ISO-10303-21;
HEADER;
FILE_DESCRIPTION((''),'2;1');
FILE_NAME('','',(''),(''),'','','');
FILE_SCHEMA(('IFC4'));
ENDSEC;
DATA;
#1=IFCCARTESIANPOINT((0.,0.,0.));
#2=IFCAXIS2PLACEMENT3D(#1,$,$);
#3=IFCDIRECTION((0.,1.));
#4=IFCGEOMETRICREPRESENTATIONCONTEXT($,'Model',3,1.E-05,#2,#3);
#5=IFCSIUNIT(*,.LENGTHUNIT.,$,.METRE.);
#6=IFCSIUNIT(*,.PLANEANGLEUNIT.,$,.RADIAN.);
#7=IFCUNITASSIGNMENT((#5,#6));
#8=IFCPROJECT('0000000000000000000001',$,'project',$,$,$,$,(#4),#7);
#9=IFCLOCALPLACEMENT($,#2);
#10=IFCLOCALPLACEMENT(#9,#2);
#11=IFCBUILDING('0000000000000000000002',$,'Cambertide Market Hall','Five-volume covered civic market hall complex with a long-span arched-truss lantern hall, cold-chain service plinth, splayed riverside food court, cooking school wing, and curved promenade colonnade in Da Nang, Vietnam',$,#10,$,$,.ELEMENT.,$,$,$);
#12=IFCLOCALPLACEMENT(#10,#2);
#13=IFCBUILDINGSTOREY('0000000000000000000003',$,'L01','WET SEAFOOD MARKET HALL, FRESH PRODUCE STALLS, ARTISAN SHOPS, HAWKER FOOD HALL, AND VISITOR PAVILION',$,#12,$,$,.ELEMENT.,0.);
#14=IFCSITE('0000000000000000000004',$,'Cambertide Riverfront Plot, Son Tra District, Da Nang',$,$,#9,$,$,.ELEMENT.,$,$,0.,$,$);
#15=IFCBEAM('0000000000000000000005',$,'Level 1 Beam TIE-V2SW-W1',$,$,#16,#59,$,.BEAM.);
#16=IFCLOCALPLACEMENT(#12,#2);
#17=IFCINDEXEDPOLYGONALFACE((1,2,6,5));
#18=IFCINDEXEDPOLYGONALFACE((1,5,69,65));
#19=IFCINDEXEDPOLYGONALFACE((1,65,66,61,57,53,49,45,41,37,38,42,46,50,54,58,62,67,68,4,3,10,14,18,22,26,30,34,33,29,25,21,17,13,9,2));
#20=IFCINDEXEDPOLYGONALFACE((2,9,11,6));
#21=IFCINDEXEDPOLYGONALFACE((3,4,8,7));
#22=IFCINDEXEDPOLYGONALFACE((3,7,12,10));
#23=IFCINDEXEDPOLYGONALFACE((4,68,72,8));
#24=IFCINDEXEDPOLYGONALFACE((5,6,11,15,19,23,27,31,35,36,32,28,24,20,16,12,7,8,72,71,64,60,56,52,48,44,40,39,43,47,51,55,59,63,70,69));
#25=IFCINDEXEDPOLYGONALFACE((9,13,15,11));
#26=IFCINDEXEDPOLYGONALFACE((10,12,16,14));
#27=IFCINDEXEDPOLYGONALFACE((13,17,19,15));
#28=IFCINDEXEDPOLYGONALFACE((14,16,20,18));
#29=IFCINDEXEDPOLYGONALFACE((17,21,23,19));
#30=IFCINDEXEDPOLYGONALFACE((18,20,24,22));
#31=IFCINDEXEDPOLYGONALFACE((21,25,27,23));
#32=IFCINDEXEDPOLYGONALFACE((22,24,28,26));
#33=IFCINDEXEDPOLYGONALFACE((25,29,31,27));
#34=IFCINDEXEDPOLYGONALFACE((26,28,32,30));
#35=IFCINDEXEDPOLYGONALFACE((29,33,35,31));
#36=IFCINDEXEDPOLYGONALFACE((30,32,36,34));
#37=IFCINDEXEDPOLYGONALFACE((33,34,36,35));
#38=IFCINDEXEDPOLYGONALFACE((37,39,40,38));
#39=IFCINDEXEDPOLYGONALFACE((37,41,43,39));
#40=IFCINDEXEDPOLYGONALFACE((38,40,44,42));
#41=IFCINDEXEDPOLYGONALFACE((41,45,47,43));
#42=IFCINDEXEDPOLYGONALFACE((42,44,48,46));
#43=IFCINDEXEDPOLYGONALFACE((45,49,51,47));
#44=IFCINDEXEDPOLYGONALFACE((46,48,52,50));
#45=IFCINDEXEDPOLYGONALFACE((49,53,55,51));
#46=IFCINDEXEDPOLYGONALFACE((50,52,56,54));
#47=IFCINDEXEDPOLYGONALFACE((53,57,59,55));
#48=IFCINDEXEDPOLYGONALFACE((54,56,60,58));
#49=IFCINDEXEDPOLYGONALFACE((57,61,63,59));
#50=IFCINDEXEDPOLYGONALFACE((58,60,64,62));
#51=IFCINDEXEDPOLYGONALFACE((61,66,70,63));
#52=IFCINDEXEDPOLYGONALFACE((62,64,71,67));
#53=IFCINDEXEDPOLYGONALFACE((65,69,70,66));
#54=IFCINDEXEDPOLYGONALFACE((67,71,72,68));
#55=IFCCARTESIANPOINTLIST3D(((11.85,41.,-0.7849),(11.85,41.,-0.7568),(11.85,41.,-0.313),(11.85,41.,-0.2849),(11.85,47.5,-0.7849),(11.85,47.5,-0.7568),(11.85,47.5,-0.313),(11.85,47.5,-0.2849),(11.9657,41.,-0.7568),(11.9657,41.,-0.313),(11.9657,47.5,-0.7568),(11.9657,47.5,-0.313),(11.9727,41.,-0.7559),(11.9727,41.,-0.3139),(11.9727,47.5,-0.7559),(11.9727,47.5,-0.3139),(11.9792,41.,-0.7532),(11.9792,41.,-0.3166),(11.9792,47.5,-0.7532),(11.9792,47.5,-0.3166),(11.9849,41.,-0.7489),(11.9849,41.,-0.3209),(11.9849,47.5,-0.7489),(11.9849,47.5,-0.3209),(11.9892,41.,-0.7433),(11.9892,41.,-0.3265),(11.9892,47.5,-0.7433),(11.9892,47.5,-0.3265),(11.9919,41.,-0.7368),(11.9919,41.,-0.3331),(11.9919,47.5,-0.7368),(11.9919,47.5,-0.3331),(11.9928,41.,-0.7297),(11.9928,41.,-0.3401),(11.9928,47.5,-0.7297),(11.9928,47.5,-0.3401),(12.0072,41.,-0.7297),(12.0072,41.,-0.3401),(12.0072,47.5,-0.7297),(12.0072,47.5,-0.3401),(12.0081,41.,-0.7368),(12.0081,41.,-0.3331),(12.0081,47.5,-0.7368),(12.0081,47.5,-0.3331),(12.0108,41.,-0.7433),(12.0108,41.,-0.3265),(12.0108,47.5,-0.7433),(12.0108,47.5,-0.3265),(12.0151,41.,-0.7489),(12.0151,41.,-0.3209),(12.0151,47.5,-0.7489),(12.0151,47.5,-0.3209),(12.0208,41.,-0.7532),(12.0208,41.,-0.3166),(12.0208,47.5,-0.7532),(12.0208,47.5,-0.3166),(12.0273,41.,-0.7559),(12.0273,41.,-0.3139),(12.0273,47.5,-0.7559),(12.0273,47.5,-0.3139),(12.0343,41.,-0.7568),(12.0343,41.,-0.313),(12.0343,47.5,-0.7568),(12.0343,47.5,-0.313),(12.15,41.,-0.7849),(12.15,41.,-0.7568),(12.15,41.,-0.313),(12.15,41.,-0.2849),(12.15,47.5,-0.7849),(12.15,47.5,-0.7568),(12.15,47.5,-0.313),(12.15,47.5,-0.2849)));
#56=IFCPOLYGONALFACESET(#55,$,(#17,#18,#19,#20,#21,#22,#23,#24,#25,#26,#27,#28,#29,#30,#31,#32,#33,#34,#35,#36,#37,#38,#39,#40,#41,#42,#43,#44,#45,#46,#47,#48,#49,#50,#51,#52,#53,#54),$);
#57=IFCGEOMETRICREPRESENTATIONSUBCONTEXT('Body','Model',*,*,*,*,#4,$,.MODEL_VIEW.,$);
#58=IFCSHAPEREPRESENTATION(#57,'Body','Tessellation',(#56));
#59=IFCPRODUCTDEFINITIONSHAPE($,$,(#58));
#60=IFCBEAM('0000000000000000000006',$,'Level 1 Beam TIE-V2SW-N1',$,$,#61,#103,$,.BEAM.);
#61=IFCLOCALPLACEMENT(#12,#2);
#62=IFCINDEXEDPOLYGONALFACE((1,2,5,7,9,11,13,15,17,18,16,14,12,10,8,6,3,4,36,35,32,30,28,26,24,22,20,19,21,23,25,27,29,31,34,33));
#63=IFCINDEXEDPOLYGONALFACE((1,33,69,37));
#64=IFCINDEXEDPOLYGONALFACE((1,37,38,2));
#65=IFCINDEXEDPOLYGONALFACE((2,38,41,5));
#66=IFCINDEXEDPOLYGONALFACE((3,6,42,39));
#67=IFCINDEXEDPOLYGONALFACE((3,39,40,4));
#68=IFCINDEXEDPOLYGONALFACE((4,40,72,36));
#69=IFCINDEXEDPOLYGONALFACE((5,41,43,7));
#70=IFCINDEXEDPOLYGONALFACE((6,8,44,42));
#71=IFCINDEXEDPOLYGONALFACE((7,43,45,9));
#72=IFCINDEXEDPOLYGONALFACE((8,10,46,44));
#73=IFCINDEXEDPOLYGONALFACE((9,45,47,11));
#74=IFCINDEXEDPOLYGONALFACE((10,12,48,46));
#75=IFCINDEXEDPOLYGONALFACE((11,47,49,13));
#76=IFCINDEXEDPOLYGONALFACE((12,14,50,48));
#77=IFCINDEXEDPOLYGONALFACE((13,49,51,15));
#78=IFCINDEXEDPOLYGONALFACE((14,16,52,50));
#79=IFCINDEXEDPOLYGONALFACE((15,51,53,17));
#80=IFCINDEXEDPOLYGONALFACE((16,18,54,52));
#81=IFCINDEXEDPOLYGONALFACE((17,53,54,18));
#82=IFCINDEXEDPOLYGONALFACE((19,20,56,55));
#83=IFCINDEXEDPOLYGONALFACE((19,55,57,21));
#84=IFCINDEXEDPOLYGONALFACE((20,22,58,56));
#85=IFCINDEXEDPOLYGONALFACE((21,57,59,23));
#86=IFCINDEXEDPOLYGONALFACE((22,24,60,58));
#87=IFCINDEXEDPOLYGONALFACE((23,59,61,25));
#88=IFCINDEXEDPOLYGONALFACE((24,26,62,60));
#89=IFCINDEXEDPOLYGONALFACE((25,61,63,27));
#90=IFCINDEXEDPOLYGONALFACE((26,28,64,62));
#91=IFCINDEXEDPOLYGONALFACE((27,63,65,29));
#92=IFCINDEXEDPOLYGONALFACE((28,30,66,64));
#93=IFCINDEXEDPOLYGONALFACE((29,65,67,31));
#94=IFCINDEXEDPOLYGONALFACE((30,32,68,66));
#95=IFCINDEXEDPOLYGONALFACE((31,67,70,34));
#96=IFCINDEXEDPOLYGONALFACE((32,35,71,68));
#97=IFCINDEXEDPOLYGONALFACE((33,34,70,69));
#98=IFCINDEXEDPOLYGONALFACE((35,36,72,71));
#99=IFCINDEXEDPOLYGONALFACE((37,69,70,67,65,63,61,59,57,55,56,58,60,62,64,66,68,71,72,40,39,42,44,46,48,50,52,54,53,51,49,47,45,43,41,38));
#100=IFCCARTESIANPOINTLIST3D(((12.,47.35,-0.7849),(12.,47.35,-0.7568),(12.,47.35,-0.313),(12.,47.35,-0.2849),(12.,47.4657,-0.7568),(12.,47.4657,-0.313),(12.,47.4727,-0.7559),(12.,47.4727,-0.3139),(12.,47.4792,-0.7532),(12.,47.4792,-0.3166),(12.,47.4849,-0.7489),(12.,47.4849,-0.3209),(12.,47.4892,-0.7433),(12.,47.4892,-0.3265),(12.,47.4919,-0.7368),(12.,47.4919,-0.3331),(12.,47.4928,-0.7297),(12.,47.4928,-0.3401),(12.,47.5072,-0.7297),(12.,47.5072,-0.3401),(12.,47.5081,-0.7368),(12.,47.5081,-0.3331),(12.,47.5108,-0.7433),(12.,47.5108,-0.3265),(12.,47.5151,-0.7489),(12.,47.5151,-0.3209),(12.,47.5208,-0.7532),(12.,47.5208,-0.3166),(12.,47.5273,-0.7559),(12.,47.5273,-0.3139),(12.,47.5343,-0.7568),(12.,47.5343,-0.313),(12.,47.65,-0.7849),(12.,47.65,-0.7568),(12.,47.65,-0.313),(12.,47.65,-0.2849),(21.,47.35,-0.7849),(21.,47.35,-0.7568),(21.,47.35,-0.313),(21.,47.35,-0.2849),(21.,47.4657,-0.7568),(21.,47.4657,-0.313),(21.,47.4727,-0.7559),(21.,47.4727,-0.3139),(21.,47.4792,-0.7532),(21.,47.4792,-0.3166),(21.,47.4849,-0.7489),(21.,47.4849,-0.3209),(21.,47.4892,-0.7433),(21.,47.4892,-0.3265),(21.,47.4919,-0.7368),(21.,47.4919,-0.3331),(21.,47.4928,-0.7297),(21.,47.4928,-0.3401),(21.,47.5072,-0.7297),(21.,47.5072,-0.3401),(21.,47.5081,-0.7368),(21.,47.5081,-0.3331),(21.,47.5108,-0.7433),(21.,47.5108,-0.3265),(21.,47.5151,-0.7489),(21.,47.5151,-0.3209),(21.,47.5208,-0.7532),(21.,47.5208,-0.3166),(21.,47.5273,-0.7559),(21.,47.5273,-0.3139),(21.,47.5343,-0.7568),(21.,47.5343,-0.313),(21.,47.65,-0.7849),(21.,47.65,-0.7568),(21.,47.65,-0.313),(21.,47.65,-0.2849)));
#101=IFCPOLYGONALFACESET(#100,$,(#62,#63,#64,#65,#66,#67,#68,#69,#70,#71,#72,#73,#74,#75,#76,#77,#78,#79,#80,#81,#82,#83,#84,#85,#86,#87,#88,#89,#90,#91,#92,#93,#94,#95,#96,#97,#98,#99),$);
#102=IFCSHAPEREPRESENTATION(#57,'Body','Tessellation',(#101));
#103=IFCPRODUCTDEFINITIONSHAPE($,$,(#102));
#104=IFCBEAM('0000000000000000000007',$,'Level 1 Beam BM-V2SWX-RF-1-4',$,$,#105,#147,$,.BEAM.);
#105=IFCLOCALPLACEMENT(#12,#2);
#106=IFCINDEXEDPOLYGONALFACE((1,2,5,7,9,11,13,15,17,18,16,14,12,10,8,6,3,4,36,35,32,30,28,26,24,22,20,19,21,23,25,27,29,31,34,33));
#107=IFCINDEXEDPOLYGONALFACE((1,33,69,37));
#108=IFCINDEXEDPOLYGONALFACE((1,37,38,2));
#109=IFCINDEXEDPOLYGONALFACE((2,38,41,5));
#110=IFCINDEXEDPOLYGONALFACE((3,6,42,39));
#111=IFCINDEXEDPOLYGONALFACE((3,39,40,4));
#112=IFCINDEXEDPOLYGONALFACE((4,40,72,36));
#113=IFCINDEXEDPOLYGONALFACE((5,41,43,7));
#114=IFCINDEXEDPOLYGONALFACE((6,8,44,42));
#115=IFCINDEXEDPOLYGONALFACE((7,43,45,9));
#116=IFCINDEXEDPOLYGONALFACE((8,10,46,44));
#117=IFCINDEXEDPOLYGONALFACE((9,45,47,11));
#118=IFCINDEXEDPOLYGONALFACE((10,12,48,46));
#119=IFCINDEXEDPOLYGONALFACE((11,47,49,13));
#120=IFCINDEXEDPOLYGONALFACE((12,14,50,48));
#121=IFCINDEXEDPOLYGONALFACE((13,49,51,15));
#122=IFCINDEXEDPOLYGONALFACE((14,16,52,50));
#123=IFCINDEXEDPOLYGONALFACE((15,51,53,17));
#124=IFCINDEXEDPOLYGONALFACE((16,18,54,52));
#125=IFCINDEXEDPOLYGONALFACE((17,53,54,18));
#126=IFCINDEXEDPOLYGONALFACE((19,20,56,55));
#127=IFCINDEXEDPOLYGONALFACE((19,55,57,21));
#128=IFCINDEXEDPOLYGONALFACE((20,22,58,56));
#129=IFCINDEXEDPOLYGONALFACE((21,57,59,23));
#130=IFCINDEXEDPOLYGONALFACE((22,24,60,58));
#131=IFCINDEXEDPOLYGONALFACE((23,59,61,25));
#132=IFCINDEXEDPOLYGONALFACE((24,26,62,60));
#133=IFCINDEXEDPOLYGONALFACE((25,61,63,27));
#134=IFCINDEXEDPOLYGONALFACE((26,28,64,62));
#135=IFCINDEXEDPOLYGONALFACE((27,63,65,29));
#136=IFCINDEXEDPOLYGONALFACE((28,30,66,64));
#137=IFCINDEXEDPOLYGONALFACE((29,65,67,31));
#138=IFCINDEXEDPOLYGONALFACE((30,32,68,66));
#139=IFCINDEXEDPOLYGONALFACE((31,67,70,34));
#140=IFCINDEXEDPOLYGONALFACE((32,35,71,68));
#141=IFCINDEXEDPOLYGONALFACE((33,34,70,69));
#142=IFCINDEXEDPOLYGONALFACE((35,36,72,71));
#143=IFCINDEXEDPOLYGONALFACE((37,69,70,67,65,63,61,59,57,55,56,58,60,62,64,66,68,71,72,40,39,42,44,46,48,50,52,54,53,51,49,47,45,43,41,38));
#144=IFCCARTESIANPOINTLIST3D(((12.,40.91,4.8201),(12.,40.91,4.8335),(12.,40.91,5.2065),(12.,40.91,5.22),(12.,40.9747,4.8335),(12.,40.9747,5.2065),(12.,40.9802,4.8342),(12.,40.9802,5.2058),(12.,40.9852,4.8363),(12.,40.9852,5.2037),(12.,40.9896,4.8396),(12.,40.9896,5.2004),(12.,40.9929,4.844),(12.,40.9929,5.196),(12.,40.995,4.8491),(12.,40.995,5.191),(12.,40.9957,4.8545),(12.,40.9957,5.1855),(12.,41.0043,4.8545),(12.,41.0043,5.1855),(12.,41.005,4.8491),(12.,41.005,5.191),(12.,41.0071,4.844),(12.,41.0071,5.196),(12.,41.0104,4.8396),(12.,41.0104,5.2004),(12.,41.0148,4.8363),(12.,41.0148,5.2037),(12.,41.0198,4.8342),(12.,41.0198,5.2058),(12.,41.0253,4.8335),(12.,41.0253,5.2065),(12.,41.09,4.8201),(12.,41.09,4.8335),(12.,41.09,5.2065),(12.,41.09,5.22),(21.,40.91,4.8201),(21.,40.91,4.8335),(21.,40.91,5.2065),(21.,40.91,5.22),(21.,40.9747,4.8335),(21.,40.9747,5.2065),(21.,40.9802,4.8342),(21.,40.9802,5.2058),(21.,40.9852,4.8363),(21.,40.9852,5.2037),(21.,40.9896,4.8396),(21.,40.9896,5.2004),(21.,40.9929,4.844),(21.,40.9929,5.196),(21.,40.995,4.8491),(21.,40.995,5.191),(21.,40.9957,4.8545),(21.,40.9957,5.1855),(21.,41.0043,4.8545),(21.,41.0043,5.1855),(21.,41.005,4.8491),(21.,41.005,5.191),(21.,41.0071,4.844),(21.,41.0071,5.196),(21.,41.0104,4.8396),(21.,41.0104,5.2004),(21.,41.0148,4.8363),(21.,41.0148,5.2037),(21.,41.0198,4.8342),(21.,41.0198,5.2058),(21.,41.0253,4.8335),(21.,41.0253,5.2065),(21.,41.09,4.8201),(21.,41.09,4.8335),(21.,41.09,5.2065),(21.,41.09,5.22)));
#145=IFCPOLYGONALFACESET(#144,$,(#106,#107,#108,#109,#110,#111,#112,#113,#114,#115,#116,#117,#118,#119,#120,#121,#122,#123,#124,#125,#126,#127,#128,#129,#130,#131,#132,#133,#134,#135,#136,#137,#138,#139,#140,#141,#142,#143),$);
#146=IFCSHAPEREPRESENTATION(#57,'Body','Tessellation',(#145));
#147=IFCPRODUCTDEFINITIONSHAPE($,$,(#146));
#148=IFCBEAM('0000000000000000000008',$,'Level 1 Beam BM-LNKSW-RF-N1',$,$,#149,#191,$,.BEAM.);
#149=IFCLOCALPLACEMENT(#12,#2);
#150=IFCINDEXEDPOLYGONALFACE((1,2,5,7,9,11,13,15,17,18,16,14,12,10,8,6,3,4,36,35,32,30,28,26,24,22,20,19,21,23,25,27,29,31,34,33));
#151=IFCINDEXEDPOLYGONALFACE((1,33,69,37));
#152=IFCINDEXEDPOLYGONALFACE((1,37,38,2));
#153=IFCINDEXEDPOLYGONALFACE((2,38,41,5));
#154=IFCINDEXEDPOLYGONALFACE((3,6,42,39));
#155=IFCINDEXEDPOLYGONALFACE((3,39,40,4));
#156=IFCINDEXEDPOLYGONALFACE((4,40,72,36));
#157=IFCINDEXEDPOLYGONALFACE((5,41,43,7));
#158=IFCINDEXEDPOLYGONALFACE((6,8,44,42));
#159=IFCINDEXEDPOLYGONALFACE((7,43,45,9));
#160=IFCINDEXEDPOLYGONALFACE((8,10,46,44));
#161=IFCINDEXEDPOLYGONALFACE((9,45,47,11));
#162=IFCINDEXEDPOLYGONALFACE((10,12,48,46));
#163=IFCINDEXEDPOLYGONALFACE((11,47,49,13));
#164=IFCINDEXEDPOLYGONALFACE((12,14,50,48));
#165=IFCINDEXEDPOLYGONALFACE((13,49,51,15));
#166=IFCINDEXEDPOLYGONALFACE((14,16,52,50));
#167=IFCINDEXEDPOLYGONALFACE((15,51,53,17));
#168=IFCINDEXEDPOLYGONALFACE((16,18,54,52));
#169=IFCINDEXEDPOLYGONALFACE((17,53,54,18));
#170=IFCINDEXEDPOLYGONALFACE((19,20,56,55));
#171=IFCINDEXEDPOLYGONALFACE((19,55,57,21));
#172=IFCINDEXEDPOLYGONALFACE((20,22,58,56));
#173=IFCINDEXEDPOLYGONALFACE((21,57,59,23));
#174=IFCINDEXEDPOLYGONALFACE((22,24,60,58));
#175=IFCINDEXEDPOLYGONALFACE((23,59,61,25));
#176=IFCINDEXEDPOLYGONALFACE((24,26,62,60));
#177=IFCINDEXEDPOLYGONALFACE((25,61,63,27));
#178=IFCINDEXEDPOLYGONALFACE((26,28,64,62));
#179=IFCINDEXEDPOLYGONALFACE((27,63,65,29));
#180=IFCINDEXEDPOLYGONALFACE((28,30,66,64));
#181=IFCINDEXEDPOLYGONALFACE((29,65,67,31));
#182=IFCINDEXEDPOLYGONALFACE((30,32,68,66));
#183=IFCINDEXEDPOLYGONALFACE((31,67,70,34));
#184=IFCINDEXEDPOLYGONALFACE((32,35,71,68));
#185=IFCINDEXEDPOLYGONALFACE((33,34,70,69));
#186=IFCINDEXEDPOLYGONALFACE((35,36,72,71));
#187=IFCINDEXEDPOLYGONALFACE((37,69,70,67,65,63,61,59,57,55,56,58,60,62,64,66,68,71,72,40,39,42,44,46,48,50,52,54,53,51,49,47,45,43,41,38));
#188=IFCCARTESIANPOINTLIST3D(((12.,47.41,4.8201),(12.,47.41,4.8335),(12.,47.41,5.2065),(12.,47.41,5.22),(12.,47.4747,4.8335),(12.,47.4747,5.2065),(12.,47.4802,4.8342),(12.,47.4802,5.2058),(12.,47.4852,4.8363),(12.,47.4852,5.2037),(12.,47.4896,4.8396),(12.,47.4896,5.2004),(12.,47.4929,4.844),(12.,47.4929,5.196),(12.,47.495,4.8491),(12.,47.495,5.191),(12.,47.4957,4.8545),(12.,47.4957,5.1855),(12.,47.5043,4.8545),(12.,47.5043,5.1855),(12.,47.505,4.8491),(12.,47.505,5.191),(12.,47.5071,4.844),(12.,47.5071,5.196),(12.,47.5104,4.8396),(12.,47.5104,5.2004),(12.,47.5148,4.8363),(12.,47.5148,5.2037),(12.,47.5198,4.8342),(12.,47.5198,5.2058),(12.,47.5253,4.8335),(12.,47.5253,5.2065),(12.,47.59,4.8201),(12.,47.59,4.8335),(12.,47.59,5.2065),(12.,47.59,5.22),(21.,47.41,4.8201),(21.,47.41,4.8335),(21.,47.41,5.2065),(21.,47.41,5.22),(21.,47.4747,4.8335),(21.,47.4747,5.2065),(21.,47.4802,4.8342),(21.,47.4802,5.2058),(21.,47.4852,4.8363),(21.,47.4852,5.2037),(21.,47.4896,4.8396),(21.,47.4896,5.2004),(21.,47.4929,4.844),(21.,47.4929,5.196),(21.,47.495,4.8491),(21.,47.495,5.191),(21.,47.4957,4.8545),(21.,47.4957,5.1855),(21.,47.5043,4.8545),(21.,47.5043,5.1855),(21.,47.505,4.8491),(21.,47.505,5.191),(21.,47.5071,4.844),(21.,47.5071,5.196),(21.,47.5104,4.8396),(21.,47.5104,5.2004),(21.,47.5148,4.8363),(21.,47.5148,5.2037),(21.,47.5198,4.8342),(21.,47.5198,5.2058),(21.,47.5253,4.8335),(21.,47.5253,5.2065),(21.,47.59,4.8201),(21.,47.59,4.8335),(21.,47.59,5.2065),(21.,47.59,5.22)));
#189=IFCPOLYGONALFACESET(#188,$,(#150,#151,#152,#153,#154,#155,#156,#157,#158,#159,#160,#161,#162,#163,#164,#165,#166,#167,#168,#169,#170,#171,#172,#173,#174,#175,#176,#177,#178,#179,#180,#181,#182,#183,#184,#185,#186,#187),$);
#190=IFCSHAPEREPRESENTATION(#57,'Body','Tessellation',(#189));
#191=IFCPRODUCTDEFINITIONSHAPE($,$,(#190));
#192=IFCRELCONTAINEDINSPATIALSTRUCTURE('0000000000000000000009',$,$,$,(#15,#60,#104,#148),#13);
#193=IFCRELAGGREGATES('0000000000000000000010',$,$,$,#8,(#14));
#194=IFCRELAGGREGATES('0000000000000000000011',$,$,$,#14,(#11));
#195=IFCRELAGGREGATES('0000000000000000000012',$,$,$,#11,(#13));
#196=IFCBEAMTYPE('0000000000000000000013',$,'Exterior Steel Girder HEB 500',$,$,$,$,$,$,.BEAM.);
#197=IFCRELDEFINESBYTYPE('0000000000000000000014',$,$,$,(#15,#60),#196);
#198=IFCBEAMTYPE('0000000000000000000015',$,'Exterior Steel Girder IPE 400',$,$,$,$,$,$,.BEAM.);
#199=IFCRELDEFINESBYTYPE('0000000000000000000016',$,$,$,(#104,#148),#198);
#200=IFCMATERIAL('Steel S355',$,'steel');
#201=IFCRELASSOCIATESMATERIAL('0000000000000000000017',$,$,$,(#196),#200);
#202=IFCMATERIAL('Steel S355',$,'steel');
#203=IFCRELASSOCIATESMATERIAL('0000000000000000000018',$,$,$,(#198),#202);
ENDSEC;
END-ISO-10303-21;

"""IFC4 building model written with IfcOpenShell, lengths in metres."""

from ifc_helpers import new_model, si_unit, direction, frame, origin, origin_2d, place, context, subcontext, project, spatial, i_section, extrude, material, material_profile, profile_set, type_object, element, save


model = new_model("IFC4")

# Units and contexts
model_context = context("Model", 3, precision=1e-05, world=origin(), true_north=direction((0.0, 1.0)))
body_context = subcontext(model_context, "Body", "Model", "MODEL_VIEW")
ifc_project = project(units=[si_unit("LENGTHUNIT", "METRE"), si_unit("PLANEANGLEUNIT", "RADIAN")], contexts=[model_context])

# Site, building, storey
site_placement = place(None, origin())
site = spatial("IfcSite", under=ifc_project, at=site_placement, Name="Cambertide Riverfront Plot, Son Tra District, Da Nang", CompositionType="ELEMENT", RefElevation=0.0)
building_placement = place(site_placement, origin())
building = spatial("IfcBuilding", under=site, at=building_placement, Name="Cambertide Market Hall", Description="Five-volume covered civic market hall complex with a long-span arched-truss lantern hall, cold-chain service plinth, splayed riverside food court, cooking school wing, and curved promenade colonnade in Da Nang, Vietnam", CompositionType="ELEMENT")
storey_placement = place(building_placement, origin())
storey = spatial("IfcBuildingStorey", under=building, at=storey_placement, Name="L01", Description="WET SEAFOOD MARKET HALL, FRESH PRODUCE STALLS, ARTISAN SHOPS, HAWKER FOOD HALL, AND VISITOR PAVILION", CompositionType="ELEMENT", Elevation=0.0)

# Beams
ifc_material_1 = material(Name="Steel S355", Category="steel")
ifc_material_profile_1 = material_profile(ifc_material_1, i_section(OverallWidth=0.3, OverallDepth=0.5, WebThickness=0.0144, FlangeThickness=0.0281, FilletRadius=0.0271, at=origin_2d()), Name="HEB 500")
ifc_profile_set_1 = profile_set([ifc_material_profile_1], Name="Steel S355")
beam_type_1 = type_object("IfcBeamType", Name="Exterior Steel Girder HEB 500", PredefinedType="BEAM", material=ifc_profile_set_1)
beam_1_placement = place(storey_placement, frame((12.0, 41.0, -0.5349), z_axis=(0.0, 1.0, 0.0), x_axis=(-1.0, 0.0, 0.0)))
element("IfcBeam", 1, at=beam_1_placement, inside=storey, type_object=beam_type_1, Name="Level 1 Beam TIE-V2SW-W1", PredefinedType="BEAM", context=body_context, shape_type="SweptSolid", body=[
    extrude(i_section(OverallWidth=0.3, OverallDepth=0.5, WebThickness=0.0144, FlangeThickness=0.0281, FilletRadius=0.0271, at=origin_2d()), origin(), (0.0, 0.0, 1.0), 6.5),
])
beam_2_placement = place(storey_placement, frame((12.0, 47.5, -0.5349), z_axis=(1.0, 0.0, 0.0), x_axis=(0.0, 1.0, 0.0)))
element("IfcBeam", 2, at=beam_2_placement, inside=storey, type_object=beam_type_1, Name="Level 1 Beam TIE-V2SW-N1", PredefinedType="BEAM", context=body_context, shape_type="SweptSolid", body=[
    extrude(i_section(OverallWidth=0.3, OverallDepth=0.5, WebThickness=0.0144, FlangeThickness=0.0281, FilletRadius=0.0271, at=origin_2d()), origin(), (0.0, 0.0, 1.0), 9.0),
])
ifc_material_2 = material(Name="Steel S355", Category="steel")
ifc_material_profile_2 = material_profile(ifc_material_2, i_section(OverallWidth=0.1799, OverallDepth=0.3999, WebThickness=0.0085, FlangeThickness=0.0134, FilletRadius=0.021, at=origin_2d()), Name="IPE 400")
ifc_profile_set_2 = profile_set([ifc_material_profile_2], Name="Steel S355")
beam_type_2 = type_object("IfcBeamType", Name="Exterior Steel Girder IPE 400", PredefinedType="BEAM", material=ifc_profile_set_2)
for number, where, z_axis, x_axis, name in (
    (3, (12.0, 41.0, 5.02), (1.0, 0.0, 0.0), (0.0, 1.0, 0.0), "Level 1 Beam BM-V2SWX-RF-1-4"),
    (4, (12.0, 47.5, 5.02), (1.0, 0.0, 0.0), (0.0, 1.0, 0.0), "Level 1 Beam BM-LNKSW-RF-N1"),
):
    element("IfcBeam", number, at=place(storey_placement, frame(where, z_axis=z_axis, x_axis=x_axis)), inside=storey, type_object=beam_type_2, Name=name, PredefinedType="BEAM", context=body_context, shape_type="SweptSolid", body=[
        extrude(i_section(OverallWidth=0.1799, OverallDepth=0.3999, WebThickness=0.0085, FlangeThickness=0.0134, FilletRadius=0.021, at=origin_2d()), origin(), (0.0, 0.0, 1.0), 9.0),
    ])

save(model, "model.ifc")
